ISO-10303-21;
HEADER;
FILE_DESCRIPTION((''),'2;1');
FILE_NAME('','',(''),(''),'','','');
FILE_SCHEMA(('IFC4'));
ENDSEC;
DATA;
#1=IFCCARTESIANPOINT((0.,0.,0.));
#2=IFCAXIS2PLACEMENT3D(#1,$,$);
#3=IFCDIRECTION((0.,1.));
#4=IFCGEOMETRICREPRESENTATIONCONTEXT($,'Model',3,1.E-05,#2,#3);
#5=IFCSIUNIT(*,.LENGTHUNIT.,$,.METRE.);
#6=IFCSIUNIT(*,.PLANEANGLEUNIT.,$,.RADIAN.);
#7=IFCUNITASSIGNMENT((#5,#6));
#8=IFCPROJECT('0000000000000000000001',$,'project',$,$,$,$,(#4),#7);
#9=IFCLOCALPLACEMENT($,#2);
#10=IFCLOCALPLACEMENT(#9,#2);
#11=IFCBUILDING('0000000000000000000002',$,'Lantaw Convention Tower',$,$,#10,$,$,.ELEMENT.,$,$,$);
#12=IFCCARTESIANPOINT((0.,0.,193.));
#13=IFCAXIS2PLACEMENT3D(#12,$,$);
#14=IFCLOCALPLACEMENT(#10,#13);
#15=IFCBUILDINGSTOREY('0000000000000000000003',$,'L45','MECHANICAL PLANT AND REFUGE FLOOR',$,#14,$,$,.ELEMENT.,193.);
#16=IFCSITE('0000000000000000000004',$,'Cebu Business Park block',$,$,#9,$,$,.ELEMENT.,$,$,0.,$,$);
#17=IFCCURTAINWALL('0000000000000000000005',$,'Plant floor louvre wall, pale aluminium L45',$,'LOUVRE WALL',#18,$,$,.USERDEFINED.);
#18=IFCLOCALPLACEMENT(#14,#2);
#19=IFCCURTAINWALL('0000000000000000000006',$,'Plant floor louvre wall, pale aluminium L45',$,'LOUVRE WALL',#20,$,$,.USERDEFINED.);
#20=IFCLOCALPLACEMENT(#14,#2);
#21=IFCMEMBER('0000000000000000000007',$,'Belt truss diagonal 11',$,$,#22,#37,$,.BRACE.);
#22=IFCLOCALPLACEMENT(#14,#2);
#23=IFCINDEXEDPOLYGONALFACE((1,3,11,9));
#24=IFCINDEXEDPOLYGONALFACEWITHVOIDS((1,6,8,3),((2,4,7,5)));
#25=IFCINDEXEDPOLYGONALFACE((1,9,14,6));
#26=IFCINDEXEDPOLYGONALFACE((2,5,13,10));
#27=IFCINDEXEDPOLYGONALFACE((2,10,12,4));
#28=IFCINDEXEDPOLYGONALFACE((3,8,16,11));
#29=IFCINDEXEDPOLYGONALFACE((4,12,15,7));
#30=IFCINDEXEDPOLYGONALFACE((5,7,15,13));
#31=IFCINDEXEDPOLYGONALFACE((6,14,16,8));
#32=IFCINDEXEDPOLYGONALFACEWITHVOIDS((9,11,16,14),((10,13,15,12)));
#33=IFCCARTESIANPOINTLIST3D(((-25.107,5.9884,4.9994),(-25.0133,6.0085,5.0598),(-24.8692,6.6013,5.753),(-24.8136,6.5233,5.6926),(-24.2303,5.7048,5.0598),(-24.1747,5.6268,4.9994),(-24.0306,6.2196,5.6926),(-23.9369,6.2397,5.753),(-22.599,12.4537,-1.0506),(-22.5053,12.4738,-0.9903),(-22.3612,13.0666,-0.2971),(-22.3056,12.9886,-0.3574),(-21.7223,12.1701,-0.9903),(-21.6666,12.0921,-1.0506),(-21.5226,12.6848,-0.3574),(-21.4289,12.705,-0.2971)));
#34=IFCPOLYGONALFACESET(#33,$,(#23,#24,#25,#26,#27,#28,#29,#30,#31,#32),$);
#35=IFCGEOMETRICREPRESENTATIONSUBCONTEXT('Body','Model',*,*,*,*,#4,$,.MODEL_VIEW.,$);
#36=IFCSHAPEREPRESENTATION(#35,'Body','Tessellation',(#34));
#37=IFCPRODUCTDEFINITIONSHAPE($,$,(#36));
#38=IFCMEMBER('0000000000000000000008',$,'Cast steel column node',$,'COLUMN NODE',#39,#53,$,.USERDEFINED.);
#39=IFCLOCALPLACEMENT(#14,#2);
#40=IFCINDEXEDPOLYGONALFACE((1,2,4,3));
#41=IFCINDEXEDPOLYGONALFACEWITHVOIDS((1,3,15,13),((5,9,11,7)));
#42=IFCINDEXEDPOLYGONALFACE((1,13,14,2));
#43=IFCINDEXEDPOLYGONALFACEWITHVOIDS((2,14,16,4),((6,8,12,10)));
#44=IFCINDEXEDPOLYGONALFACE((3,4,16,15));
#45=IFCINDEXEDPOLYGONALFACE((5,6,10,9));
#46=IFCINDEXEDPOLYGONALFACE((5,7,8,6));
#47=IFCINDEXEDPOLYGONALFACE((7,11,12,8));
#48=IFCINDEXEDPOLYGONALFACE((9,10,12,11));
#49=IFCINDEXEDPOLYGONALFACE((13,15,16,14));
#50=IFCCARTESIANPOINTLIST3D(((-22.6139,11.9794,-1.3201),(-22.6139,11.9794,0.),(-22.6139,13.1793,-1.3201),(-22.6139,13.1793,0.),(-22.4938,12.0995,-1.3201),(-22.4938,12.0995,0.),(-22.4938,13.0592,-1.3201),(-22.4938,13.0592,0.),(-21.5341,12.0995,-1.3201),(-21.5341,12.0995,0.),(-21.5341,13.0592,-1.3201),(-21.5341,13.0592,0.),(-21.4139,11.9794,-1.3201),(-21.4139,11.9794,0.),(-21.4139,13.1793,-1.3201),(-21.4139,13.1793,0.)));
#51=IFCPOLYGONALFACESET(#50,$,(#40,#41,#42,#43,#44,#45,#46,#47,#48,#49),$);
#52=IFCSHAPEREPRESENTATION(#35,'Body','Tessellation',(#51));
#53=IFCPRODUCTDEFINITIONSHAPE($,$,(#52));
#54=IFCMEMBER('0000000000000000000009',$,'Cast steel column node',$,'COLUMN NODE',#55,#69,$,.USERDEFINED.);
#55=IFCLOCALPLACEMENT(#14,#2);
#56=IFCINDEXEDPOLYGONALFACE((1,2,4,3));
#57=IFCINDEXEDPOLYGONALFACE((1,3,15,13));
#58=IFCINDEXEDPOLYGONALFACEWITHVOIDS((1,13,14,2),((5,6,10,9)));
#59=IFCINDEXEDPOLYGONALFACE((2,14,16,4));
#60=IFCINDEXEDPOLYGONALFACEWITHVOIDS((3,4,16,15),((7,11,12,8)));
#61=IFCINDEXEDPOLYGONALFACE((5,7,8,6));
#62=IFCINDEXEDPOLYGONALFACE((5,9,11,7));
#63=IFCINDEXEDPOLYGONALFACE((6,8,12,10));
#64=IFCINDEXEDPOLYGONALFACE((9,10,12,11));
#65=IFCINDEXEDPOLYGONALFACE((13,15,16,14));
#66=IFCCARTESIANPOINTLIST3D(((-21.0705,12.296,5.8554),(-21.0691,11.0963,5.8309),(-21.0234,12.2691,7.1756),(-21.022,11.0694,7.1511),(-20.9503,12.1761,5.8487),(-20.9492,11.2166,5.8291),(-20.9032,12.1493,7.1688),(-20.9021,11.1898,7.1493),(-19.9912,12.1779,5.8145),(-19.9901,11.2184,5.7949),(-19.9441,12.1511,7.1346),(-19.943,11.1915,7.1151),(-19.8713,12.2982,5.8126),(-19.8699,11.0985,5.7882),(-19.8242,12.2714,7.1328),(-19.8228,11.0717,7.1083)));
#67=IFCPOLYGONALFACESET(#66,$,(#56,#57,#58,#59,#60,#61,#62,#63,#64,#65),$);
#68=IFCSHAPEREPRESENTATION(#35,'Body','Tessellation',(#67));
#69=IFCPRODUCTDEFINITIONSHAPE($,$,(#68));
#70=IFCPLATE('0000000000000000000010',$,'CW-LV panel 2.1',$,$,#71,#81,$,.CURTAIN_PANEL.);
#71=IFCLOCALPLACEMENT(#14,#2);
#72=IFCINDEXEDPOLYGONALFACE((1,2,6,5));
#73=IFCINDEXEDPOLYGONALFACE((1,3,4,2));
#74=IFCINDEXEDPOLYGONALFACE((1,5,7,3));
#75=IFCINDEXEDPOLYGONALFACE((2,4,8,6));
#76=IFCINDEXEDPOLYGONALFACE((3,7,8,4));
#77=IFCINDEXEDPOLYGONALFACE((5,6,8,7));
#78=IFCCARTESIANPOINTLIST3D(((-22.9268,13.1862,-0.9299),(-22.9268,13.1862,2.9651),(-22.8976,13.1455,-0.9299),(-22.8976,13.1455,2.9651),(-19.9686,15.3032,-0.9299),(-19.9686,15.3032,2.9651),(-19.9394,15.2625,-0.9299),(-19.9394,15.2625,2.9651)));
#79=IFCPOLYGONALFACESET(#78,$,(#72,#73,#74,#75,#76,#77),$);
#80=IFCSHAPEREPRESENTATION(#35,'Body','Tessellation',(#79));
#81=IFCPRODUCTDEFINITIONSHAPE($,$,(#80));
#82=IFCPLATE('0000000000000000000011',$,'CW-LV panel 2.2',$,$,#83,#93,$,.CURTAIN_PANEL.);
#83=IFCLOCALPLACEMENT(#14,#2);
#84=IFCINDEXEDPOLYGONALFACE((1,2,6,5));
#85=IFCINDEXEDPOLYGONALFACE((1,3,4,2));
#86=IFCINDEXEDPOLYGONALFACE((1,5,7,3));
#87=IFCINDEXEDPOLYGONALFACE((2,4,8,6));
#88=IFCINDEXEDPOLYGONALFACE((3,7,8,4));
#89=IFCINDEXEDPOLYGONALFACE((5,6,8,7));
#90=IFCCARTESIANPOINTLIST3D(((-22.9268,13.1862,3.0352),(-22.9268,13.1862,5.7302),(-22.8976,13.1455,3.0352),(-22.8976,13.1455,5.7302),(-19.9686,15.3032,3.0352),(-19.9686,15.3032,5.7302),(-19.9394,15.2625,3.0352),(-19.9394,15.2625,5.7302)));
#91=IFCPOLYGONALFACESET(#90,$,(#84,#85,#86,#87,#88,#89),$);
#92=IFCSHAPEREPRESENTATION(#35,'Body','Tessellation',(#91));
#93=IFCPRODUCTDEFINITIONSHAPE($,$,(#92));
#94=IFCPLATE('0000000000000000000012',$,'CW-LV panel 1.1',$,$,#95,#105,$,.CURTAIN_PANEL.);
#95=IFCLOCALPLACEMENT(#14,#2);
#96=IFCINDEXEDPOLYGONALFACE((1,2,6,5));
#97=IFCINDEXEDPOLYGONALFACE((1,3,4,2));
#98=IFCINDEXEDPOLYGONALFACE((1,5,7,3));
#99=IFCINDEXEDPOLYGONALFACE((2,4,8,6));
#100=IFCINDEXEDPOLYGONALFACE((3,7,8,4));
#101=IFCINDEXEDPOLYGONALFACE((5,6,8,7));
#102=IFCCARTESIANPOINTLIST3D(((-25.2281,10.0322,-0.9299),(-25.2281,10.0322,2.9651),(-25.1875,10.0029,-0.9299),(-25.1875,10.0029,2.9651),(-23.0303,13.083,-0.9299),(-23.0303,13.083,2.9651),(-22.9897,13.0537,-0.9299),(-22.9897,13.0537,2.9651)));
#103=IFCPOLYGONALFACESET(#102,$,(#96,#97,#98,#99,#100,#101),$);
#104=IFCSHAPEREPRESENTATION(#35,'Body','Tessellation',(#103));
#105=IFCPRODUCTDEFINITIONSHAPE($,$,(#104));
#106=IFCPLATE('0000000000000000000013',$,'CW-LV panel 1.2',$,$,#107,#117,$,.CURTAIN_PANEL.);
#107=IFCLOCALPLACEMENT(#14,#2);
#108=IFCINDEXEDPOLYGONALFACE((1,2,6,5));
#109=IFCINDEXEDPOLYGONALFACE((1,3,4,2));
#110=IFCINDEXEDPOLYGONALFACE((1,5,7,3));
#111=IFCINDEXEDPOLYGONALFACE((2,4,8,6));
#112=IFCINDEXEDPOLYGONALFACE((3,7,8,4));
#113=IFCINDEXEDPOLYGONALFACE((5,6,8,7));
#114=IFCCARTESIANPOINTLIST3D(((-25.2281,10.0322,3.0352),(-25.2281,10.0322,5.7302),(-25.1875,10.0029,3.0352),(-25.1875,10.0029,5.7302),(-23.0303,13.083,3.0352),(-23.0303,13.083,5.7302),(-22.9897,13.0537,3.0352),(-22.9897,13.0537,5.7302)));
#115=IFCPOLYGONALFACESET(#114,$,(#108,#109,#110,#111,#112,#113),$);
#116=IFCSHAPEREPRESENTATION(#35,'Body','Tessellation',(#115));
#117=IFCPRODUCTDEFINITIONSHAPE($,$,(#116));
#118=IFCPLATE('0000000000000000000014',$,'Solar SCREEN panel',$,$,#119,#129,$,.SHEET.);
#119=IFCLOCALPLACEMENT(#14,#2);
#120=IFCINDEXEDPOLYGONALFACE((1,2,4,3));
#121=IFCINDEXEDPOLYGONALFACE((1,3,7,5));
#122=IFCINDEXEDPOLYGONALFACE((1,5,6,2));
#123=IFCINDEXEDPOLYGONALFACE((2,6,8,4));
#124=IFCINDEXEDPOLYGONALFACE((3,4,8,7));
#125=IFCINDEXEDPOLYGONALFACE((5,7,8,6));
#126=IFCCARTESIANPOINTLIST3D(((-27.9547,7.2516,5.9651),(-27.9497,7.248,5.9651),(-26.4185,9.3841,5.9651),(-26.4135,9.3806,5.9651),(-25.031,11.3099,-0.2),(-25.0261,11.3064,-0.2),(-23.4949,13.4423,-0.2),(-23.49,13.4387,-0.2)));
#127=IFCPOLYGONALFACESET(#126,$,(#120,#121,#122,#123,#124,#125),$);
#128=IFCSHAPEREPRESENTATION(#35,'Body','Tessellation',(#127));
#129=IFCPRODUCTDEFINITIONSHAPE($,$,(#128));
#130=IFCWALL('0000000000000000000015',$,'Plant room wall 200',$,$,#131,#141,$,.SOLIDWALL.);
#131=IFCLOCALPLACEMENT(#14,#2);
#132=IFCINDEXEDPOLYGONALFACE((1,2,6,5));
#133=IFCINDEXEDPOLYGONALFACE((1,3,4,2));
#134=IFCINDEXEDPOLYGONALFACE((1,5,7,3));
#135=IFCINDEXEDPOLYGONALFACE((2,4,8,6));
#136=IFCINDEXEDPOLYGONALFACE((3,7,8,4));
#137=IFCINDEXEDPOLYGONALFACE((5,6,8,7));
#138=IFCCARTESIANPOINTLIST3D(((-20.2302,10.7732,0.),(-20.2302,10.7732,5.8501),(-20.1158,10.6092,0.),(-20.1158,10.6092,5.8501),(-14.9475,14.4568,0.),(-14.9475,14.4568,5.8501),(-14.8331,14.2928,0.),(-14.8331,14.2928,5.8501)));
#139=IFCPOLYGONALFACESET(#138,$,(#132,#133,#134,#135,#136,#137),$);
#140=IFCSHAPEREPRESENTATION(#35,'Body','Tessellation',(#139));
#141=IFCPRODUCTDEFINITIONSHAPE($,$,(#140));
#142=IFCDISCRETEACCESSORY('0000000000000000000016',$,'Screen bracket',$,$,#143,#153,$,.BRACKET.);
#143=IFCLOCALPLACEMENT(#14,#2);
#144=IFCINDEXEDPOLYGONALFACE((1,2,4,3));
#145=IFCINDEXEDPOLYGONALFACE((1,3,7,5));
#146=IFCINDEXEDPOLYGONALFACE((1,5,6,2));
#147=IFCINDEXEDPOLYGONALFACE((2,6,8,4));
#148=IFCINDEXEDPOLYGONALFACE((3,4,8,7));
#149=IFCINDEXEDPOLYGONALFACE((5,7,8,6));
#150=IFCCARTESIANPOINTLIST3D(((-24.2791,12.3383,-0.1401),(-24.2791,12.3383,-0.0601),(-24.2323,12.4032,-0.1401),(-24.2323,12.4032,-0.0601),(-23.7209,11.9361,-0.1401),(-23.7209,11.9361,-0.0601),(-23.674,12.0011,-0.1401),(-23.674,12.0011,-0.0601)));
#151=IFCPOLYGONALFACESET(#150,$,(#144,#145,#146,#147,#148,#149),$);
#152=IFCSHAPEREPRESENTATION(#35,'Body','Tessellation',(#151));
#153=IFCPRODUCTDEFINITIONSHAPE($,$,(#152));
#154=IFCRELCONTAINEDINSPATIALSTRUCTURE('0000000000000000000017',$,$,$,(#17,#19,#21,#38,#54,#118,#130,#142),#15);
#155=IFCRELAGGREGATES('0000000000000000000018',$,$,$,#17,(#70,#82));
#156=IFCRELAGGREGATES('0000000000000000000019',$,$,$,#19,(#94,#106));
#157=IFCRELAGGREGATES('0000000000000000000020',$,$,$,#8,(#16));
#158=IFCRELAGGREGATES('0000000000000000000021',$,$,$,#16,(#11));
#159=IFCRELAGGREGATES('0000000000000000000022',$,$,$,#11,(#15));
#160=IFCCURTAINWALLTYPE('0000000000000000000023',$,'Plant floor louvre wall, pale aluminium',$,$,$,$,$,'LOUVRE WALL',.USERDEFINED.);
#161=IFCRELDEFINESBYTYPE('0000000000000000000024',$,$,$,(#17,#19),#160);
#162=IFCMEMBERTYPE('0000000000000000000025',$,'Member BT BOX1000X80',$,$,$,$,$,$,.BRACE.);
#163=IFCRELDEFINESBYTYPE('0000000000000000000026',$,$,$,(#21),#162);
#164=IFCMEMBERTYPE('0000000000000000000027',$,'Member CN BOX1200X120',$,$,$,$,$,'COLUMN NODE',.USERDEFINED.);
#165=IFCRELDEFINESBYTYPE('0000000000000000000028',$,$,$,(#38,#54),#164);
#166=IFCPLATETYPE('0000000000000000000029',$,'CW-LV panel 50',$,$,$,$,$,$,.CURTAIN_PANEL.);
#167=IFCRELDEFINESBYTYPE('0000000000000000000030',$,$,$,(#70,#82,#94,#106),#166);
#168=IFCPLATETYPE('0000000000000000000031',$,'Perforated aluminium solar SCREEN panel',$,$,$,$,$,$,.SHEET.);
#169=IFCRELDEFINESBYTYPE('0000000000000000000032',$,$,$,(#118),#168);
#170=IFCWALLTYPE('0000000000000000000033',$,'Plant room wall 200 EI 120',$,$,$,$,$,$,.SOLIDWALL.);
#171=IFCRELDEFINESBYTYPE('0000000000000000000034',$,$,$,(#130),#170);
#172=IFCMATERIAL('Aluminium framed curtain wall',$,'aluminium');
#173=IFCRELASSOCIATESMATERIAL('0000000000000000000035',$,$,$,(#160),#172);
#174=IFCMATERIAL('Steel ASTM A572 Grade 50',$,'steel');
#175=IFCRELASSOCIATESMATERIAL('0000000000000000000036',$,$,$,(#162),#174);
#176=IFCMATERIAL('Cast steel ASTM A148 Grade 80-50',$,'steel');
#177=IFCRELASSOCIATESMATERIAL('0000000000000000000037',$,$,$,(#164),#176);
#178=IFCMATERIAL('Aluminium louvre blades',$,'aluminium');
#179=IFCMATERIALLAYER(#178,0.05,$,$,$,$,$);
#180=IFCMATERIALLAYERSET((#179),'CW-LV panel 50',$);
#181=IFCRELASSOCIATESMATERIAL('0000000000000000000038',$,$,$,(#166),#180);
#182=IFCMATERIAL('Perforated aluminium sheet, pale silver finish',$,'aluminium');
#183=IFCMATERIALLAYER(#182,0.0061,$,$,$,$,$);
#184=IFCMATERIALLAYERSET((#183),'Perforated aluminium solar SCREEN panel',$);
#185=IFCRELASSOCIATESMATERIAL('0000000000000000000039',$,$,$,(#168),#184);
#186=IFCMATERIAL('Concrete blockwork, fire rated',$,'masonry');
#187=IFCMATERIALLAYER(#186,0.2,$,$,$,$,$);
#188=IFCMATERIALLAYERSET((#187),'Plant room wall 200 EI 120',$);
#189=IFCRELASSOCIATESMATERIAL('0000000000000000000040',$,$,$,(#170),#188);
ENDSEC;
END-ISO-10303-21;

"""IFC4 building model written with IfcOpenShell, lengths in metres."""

from ifc_helpers import new_model, si_unit, direction, frame, frame_2d, origin, origin_2d, place, context, subcontext, project, spatial, polyline, rectangle, hollow_rectangle, outline, extrude, material, layer, layer_set, material_profile, profile_set, type_object, element, aggregate, save


model = new_model("IFC4")

# Units and contexts
model_context = context("Model", 3, precision=1e-05, world=origin(), true_north=direction((0.0, 1.0)))
body_context = subcontext(model_context, "Body", "Model", "MODEL_VIEW")
ifc_project = project(units=[si_unit("LENGTHUNIT", "METRE"), si_unit("PLANEANGLEUNIT", "RADIAN")], contexts=[model_context])

# Site, building, storey
site_placement = place(None, origin())
site = spatial("IfcSite", under=ifc_project, at=site_placement, Name="Cebu Business Park block", CompositionType="ELEMENT", RefElevation=0.0)
building_placement = place(site_placement, origin())
building = spatial("IfcBuilding", under=site, at=building_placement, Name="Lantaw Convention Tower", CompositionType="ELEMENT")
storey_placement = place(building_placement, frame((0.0, 0.0, 193.0)))
storey = spatial("IfcBuildingStorey", under=building, at=storey_placement, Name="L45", Description="MECHANICAL PLANT AND REFUGE FLOOR", CompositionType="ELEMENT", Elevation=193.0)

# Curtain wall
ifc_material_1 = material(Name="Aluminium framed curtain wall", Category="aluminium")
curtain_wall_type = type_object("IfcCurtainWallType", Name="Plant floor louvre wall, pale aluminium", ElementType="LOUVRE WALL", PredefinedType="USERDEFINED", material=ifc_material_1)
curtain_wall_1_placement = place(storey_placement, origin())
curtain_wall_1 = element("IfcCurtainWall", 1, at=curtain_wall_1_placement, inside=storey, type_object=curtain_wall_type, Name="Plant floor louvre wall, pale aluminium L45", ObjectType="LOUVRE WALL", PredefinedType="USERDEFINED")

# Curtain wall
curtain_wall_2_placement = place(storey_placement, origin())
curtain_wall_2 = element("IfcCurtainWall", 2, at=curtain_wall_2_placement, inside=storey, type_object=curtain_wall_type, Name="Plant floor louvre wall, pale aluminium L45", ObjectType="LOUVRE WALL", PredefinedType="USERDEFINED")

# Members
ifc_material_2 = material(Name="Steel ASTM A572 Grade 50", Category="steel")
ifc_material_profile_1 = material_profile(ifc_material_2, hollow_rectangle(XDim=1.0, YDim=1.0, WallThickness=0.0801, at=origin_2d()), Name="BOX1000X80")
ifc_profile_set_1 = profile_set([ifc_material_profile_1], Name="Steel ASTM A572 Grade 50")
member_type_1 = type_object("IfcMemberType", Name="Member BT BOX1000X80", PredefinedType="BRACE", material=ifc_profile_set_1)
member_1_placement = place(storey_placement, frame((-22.0139, 12.5793, -0.6738), z_axis=(-0.272528, -0.70253, 0.657404), x_axis=(0.932308, -0.361665, 0.0)))
element("IfcMember", 3, at=member_1_placement, inside=storey, type_object=member_type_1, Name="Belt truss diagonal 11", PredefinedType="BRACE", context=body_context, shape_type="SweptSolid", body=[
    extrude(hollow_rectangle(XDim=1.0, YDim=1.0, WallThickness=0.0801, at=origin_2d()), origin(), (0.0, 0.0, 1.0), 9.2029),
])
ifc_material_3 = material(Name="Cast steel ASTM A148 Grade 80-50", Category="steel")
ifc_material_profile_2 = material_profile(ifc_material_3, hollow_rectangle(XDim=1.2, YDim=1.2, WallThickness=0.1201, at=origin_2d()), Name="BOX1200X120")
ifc_profile_set_2 = profile_set([ifc_material_profile_2], Name="Cast steel ASTM A148 Grade 80-50")
member_type_2 = type_object("IfcMemberType", Name="Member CN BOX1200X120", ElementType="COLUMN NODE", PredefinedType="USERDEFINED", material=ifc_profile_set_2)
member_2_placement = place(storey_placement, frame((-22.0139, 12.5793, -1.3201), z_axis=(0.0, 0.0, 1.0), x_axis=(1.0, 0.0, 0.0)))
element("IfcMember", 4, at=member_2_placement, inside=storey, type_object=member_type_2, Name="Cast steel column node", ObjectType="COLUMN NODE", PredefinedType="USERDEFINED", context=body_context, shape_type="SweptSolid", body=[
    extrude(hollow_rectangle(XDim=1.2, YDim=1.2, WallThickness=0.1201, at=origin_2d()), origin(), (0.0, 0.0, 1.0), 1.3201),
])
member_3_placement = place(storey_placement, frame((-20.4702, 11.6973, 5.8218), z_axis=(0.035664, -0.020327, 0.999157), x_axis=(0.999363, 0.001854, -0.035634)))
element("IfcMember", 5, at=member_3_placement, inside=storey, type_object=member_type_2, Name="Cast steel column node", ObjectType="COLUMN NODE", PredefinedType="USERDEFINED", context=body_context, shape_type="SweptSolid", body=[
    extrude(hollow_rectangle(XDim=1.2, YDim=1.2, WallThickness=0.1201, at=origin_2d()), origin(), (0.0, 0.0, 1.0), 1.3213),
])

# Plates
ifc_material_4 = material(Name="Aluminium louvre blades", Category="aluminium")
ifc_layer_1 = layer(ifc_material_4, 0.05)
ifc_layer_set_1 = layer_set([ifc_layer_1], Name="CW-LV panel 50")
plate_type_1 = type_object("IfcPlateType", Name="CW-LV panel 50", PredefinedType="CURTAIN_PANEL", material=ifc_layer_set_1)
plate_1_placement = place(storey_placement, frame((-21.4331, 14.2244, -0.9299), z_axis=(0.0, 0.0, 1.0), x_axis=(-0.813208, -0.581973, 0.0)))
plate_1 = element("IfcPlate", 6, at=plate_1_placement, type_object=plate_type_1, Name="CW-LV panel 2.1", PredefinedType="CURTAIN_PANEL", context=body_context, shape_type="SweptSolid", body=[
    extrude(rectangle(XDim=3.6377, YDim=0.05, at=origin_2d()), origin(), (0.0, 0.0, 1.0), 3.895),
])
plate_2_placement = place(storey_placement, frame((-21.4331, 14.2244, 3.0352), z_axis=(0.0, 0.0, 1.0), x_axis=(-0.813208, -0.581973, 0.0)))
plate_2 = element("IfcPlate", 7, at=plate_2_placement, type_object=plate_type_1, Name="CW-LV panel 2.2", PredefinedType="CURTAIN_PANEL", context=body_context, shape_type="SweptSolid", body=[
    extrude(rectangle(XDim=3.6377, YDim=0.05, at=origin_2d()), origin(), (0.0, 0.0, 1.0), 2.6951),
])
aggregate(curtain_wall_1, [plate_1, plate_2])
plate_3_placement = place(storey_placement, frame((-24.1089, 11.543, -0.9299), z_axis=(0.0, 0.0, 1.0), x_axis=(-0.584513, -0.811385, 0.0)))
plate_3 = element("IfcPlate", 8, at=plate_3_placement, type_object=plate_type_1, Name="CW-LV panel 1.1", PredefinedType="CURTAIN_PANEL", context=body_context, shape_type="SweptSolid", body=[
    extrude(rectangle(XDim=3.76, YDim=0.05, at=origin_2d()), origin(), (0.0, 0.0, 1.0), 3.895),
])
plate_4_placement = place(storey_placement, frame((-24.1089, 11.543, 3.0352), z_axis=(0.0, 0.0, 1.0), x_axis=(-0.584513, -0.811385, 0.0)))
plate_4 = element("IfcPlate", 9, at=plate_4_placement, type_object=plate_type_1, Name="CW-LV panel 1.2", PredefinedType="CURTAIN_PANEL", context=body_context, shape_type="SweptSolid", body=[
    extrude(rectangle(XDim=3.76, YDim=0.05, at=origin_2d()), origin(), (0.0, 0.0, 1.0), 2.6951),
])
aggregate(curtain_wall_2, [plate_3, plate_4])
ifc_material_5 = material(Name="Perforated aluminium sheet, pale silver finish", Category="aluminium")
ifc_layer_2 = layer(ifc_material_5, 0.0061)
ifc_layer_set_2 = layer_set([ifc_layer_2], Name="Perforated aluminium solar SCREEN panel")
plate_type_2 = type_object("IfcPlateType", Name="Perforated aluminium solar SCREEN panel", PredefinedType="SHEET", material=ifc_layer_set_2)
plate_5_placement = place(storey_placement, frame((-23.49, 13.4387, -0.2), z_axis=(0.811395, -0.584498, 0.000025), x_axis=(-0.584498, -0.811395, 0.0)))
element("IfcPlate", 10, at=plate_5_placement, inside=storey, type_object=plate_type_2, Name="Solar SCREEN panel", PredefinedType="SHEET", context=body_context, shape_type="SweptSolid", body=[
    extrude(outline(polyline([(0.0, 0.0), (2.628, 0.0), (7.6298, -6.165), (5.0016, -6.165), (0.0, 0.0)])), origin(), (0.0, 0.0, -1.0), 0.0061),
])

# Wall
ifc_material_6 = material(Name="Concrete blockwork, fire rated", Category="masonry")
ifc_layer_3 = layer(ifc_material_6, 0.2)
ifc_layer_set_3 = layer_set([ifc_layer_3], Name="Plant room wall 200 EI 120")
wall_type = type_object("IfcWallType", Name="Plant room wall 200 EI 120", PredefinedType="SOLIDWALL", material=ifc_layer_set_3)
wall_placement = place(storey_placement, frame((-20.1731, 10.6912, 0.0), z_axis=(0.0, 0.0, 1.0), x_axis=(0.820274, 0.57197, 0.0)))
element("IfcWall", 11, at=wall_placement, inside=storey, type_object=wall_type, Name="Plant room wall 200", PredefinedType="SOLIDWALL", context=body_context, shape_type="SweptSolid", body=[
    extrude(rectangle(XDim=6.4402, YDim=0.2, at=frame_2d((3.2202, 0.0))), origin(), (0.0, 0.0, 1.0), 5.8501),
])

# Discrete accessory
discrete_accessory_placement = place(storey_placement, frame((-23.9766, 12.1697, -0.1401), z_axis=(0.0, 0.0, 1.0), x_axis=(-0.584513, -0.811385, 0.0)))
element("IfcDiscreteAccessory", 12, at=discrete_accessory_placement, inside=storey, Name="Screen bracket", PredefinedType="BRACKET", context=body_context, shape_type="SweptSolid", body=[
    extrude(rectangle(XDim=0.0801, YDim=0.688, at=origin_2d()), origin(), (0.0, 0.0, 1.0), 0.0801),
])

save(model, "model.ifc")
